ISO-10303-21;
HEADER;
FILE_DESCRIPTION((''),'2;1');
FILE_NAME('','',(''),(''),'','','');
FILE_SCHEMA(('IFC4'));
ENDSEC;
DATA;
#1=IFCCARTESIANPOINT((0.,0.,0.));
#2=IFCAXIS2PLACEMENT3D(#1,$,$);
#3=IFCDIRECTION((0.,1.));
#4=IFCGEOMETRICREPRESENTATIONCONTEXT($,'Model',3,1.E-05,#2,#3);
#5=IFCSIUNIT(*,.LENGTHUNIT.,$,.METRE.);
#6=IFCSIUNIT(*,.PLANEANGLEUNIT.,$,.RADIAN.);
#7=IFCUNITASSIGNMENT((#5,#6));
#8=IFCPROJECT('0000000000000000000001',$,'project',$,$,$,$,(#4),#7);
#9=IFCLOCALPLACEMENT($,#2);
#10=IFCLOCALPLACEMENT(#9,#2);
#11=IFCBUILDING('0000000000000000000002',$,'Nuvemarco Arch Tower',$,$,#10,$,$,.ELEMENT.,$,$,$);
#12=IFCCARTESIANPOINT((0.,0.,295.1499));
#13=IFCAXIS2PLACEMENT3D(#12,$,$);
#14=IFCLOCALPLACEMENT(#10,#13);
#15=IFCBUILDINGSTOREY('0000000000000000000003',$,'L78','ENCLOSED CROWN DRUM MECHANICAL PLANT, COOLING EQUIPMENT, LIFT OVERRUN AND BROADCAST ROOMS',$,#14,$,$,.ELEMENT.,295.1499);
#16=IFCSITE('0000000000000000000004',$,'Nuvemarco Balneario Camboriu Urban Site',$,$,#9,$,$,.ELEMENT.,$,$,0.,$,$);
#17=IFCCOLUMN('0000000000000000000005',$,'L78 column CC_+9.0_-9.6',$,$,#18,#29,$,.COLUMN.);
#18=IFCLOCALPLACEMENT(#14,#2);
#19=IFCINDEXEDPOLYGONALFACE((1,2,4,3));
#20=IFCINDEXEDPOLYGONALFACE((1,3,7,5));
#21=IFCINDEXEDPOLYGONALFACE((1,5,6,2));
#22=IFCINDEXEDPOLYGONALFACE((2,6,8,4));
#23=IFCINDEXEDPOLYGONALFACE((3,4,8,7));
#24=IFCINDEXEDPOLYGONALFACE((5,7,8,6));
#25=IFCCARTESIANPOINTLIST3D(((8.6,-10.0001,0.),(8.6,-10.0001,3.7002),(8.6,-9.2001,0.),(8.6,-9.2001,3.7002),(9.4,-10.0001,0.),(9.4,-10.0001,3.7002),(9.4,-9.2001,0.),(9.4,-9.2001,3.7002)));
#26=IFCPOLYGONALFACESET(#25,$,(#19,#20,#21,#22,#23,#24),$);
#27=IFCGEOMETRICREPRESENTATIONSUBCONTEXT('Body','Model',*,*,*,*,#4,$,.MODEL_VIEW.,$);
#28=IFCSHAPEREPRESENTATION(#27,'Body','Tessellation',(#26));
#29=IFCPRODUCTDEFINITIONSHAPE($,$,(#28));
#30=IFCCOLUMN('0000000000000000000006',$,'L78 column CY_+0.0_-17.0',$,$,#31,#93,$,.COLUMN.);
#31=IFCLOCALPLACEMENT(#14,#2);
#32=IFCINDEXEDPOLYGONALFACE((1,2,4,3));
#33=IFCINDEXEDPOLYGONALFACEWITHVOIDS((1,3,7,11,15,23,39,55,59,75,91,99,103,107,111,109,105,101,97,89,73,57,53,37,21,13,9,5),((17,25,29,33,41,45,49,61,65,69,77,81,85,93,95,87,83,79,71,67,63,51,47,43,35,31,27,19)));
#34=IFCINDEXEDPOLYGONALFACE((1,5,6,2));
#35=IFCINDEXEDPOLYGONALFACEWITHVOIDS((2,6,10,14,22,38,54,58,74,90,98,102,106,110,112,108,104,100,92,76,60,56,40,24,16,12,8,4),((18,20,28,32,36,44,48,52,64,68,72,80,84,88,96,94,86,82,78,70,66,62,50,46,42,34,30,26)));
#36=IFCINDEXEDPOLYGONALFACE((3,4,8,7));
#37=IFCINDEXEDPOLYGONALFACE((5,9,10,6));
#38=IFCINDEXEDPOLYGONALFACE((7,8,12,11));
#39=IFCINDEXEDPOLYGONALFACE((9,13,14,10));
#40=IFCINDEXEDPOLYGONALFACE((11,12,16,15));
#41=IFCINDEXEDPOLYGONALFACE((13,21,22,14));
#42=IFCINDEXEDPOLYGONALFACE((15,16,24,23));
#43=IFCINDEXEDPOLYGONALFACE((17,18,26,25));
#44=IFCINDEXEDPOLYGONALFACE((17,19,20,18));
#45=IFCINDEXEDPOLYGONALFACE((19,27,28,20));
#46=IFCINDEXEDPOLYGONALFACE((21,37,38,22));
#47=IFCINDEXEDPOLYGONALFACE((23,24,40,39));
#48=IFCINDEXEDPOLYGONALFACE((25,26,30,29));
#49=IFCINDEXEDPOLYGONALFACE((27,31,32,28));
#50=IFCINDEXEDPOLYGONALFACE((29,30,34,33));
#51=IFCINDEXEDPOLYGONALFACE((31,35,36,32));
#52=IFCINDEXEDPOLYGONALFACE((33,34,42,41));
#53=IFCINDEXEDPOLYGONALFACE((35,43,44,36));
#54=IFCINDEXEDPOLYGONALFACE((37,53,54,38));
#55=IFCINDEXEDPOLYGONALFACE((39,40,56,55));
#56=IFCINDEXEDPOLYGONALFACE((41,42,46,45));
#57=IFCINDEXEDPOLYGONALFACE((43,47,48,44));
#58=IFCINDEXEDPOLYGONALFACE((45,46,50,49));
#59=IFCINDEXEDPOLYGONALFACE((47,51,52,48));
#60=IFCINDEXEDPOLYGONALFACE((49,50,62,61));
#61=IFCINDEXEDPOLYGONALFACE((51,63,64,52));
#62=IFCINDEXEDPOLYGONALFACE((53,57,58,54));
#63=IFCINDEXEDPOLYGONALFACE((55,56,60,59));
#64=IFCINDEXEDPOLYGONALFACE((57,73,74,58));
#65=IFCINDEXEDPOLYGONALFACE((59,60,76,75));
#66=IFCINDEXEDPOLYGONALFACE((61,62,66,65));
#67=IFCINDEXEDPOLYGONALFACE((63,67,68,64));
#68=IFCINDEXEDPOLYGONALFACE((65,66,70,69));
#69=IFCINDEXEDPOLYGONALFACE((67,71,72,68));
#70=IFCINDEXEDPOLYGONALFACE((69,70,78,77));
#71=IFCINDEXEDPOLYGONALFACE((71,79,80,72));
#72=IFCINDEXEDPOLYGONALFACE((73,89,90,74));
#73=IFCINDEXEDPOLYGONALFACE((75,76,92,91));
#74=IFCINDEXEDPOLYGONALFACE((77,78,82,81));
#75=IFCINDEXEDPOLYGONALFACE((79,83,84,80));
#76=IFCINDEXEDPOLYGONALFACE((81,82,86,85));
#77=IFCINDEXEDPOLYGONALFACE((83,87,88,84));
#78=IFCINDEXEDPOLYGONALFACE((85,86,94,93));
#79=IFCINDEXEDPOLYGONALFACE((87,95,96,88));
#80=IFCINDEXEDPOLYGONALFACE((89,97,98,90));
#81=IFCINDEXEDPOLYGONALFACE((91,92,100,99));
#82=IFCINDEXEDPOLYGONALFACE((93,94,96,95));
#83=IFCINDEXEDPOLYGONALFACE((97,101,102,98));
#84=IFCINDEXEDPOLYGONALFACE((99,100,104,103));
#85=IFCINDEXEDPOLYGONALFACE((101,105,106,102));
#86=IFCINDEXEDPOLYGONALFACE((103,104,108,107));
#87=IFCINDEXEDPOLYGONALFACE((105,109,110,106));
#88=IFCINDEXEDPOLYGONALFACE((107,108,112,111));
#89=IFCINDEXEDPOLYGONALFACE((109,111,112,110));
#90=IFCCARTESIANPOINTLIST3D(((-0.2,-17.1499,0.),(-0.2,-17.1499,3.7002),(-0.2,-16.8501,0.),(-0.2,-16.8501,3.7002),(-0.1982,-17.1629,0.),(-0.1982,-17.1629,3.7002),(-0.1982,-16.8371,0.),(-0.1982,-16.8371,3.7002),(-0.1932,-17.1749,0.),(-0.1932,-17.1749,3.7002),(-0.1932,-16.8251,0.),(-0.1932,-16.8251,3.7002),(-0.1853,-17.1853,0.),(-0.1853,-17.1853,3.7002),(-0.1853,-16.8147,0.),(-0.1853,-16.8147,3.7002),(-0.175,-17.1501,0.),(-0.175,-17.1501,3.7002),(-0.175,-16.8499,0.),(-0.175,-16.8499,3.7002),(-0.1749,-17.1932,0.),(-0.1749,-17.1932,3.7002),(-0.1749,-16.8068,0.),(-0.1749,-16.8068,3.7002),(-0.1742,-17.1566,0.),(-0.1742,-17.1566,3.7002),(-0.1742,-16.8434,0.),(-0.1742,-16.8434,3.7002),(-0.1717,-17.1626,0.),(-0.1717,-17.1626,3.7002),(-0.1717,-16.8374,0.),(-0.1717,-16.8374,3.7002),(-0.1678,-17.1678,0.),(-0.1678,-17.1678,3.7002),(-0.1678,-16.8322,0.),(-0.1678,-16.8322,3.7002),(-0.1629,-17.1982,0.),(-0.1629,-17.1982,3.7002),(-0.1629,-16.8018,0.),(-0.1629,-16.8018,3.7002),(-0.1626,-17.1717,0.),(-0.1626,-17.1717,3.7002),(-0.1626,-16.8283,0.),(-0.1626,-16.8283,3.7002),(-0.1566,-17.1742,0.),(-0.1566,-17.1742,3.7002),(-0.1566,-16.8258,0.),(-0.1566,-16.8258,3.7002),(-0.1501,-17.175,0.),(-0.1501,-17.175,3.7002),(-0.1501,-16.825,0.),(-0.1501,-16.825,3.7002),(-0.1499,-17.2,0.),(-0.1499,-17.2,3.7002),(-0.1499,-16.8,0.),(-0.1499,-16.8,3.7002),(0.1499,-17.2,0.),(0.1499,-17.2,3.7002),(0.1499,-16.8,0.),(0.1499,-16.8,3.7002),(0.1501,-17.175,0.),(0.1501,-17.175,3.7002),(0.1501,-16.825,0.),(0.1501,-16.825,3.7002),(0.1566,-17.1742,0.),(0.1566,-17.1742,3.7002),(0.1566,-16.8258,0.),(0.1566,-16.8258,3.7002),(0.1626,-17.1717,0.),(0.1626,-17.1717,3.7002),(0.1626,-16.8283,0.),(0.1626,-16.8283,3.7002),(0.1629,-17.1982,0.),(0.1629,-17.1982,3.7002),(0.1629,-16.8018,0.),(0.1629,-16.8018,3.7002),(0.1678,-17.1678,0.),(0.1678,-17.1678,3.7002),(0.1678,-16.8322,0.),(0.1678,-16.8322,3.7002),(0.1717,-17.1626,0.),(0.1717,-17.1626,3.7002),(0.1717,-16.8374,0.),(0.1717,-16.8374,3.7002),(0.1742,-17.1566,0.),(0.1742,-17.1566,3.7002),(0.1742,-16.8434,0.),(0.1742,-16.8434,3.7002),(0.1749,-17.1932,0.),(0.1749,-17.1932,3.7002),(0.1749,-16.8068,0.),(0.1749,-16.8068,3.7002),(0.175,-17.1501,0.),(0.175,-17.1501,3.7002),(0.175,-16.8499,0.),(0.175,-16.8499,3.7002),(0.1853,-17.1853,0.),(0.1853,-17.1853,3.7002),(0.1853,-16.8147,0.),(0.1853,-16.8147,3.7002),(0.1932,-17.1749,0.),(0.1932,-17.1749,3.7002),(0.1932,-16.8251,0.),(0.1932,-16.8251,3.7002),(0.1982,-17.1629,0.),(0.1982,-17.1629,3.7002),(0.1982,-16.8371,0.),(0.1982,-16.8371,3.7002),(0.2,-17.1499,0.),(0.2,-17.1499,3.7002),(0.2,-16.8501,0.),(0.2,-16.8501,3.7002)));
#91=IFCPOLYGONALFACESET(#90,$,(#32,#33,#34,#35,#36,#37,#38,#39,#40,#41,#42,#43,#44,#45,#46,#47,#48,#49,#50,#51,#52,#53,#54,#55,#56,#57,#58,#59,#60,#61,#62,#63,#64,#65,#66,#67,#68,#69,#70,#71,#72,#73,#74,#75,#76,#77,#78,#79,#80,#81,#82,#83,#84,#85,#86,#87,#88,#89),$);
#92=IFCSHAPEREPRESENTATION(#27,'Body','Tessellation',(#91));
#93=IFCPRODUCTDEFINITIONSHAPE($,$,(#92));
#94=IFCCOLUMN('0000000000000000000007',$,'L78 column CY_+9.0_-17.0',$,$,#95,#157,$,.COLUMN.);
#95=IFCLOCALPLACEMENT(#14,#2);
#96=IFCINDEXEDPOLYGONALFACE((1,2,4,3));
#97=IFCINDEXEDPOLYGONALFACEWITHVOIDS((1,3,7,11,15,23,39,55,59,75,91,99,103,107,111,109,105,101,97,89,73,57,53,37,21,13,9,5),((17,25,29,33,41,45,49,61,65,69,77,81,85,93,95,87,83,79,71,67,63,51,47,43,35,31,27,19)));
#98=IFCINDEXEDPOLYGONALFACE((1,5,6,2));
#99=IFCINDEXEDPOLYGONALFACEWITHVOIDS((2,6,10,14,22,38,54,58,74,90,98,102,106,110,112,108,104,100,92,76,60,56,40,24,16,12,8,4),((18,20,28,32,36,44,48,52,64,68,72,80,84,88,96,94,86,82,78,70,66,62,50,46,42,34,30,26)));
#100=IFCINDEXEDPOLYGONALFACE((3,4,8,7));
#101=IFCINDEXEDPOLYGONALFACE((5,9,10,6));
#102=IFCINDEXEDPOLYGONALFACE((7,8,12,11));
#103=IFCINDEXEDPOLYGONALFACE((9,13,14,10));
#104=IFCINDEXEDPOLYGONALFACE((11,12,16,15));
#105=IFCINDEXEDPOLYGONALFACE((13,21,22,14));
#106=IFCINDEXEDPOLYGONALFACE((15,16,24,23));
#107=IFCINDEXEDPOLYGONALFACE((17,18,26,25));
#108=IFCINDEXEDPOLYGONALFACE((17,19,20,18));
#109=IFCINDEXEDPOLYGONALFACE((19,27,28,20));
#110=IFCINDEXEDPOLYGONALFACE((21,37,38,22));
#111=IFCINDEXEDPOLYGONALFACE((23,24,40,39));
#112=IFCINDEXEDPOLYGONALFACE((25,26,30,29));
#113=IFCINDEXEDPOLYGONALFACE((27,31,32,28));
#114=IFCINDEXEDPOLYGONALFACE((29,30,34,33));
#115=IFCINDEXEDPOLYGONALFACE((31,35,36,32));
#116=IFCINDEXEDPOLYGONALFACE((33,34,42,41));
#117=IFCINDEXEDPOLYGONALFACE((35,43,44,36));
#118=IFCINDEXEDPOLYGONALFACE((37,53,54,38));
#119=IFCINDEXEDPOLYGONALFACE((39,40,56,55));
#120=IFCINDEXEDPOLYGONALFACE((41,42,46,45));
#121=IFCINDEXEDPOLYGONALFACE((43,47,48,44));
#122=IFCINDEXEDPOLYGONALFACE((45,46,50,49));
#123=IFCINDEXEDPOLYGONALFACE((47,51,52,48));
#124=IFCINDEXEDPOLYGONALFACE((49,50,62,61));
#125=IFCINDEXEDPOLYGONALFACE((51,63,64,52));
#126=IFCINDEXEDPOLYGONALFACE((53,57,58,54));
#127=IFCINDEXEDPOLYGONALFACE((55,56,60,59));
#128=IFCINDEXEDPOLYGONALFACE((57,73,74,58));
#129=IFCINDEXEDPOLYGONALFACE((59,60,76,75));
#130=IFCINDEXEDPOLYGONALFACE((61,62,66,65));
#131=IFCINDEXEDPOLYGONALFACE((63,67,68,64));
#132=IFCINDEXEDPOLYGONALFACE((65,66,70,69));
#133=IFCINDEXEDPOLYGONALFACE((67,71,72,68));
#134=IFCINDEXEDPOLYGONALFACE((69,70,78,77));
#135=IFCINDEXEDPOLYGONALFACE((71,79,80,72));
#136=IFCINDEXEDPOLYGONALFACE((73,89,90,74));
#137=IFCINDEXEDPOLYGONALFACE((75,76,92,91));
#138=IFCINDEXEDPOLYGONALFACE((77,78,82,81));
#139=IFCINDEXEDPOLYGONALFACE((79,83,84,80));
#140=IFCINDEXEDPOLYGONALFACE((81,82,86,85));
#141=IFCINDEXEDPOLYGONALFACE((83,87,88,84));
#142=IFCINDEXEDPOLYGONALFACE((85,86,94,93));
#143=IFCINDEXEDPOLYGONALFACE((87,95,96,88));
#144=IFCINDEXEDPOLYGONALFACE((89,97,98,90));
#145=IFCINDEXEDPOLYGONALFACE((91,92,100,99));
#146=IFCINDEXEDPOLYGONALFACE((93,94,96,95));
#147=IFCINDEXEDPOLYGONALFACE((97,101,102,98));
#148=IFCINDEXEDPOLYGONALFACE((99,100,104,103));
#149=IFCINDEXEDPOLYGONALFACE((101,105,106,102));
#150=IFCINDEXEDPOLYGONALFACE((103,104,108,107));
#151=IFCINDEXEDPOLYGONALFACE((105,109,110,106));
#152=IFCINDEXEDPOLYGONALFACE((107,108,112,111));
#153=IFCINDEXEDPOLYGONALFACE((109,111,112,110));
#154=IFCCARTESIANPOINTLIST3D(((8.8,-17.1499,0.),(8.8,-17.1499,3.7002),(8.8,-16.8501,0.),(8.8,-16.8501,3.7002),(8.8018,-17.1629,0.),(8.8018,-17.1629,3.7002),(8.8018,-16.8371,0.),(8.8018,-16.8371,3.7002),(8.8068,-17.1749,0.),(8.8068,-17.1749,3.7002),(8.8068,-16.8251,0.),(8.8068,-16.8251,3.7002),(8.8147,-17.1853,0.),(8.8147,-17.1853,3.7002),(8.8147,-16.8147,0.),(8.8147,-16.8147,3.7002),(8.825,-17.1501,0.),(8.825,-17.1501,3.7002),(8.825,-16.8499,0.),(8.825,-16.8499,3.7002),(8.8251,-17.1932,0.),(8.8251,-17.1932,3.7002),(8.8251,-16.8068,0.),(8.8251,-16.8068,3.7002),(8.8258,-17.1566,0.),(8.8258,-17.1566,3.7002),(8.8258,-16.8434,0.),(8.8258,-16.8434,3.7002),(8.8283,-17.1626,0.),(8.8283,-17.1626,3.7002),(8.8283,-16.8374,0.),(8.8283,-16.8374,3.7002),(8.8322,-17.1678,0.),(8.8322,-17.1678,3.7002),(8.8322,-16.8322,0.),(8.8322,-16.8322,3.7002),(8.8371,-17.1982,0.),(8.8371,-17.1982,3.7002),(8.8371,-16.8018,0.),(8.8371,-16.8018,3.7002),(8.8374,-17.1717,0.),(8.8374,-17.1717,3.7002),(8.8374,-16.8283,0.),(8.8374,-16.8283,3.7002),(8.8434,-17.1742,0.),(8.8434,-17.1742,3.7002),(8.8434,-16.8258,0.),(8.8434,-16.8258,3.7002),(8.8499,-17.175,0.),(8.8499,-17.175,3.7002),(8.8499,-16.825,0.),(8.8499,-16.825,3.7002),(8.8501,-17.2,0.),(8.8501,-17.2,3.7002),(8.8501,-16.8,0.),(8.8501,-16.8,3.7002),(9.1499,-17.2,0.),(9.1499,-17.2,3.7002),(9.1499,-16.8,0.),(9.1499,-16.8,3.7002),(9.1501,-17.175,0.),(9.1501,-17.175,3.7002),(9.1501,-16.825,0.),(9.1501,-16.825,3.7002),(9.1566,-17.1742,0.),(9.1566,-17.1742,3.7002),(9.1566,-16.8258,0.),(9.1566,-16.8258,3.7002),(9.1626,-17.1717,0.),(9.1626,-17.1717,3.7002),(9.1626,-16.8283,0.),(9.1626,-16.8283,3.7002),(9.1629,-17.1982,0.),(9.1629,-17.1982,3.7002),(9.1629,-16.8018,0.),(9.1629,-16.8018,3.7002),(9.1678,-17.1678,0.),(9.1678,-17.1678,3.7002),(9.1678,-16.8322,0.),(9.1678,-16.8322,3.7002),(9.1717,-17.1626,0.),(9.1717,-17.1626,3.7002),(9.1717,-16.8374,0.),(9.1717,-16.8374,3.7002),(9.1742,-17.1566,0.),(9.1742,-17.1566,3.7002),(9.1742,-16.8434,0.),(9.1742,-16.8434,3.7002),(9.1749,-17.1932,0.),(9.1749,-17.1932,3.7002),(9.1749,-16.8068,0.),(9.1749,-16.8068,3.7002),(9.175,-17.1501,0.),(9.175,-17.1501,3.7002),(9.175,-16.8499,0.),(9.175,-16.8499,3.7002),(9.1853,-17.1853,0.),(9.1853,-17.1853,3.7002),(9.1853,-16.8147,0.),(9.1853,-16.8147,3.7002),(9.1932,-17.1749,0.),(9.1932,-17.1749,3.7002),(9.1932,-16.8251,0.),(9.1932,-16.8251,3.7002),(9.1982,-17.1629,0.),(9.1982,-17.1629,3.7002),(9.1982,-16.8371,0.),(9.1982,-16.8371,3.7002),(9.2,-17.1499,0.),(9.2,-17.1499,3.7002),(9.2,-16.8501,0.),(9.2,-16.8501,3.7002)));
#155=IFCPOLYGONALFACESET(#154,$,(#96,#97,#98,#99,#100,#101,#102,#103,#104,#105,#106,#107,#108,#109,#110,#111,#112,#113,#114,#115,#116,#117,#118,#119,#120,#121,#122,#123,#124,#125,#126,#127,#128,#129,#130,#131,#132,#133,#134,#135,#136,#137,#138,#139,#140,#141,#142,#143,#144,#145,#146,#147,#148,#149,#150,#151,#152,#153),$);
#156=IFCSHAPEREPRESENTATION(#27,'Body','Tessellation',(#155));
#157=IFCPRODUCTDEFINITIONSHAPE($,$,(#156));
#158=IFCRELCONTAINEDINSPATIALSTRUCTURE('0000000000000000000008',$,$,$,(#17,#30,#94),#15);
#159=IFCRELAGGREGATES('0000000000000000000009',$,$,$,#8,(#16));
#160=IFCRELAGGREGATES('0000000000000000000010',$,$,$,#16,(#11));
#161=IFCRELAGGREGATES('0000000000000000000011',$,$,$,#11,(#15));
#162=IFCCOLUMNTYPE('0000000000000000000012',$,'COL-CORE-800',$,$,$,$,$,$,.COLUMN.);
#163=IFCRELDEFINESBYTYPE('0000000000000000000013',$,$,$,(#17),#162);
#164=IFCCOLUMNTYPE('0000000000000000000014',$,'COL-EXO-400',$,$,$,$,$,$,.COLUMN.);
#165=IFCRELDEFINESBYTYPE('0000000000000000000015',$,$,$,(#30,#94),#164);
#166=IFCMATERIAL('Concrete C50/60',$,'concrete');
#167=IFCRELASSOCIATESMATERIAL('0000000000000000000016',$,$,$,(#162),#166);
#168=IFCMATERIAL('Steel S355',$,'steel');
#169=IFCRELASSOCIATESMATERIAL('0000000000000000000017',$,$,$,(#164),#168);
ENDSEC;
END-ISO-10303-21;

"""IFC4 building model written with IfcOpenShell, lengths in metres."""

from ifc_helpers import new_model, si_unit, direction, frame, origin, origin_2d, place, context, subcontext, project, spatial, rectangle, hollow_rectangle, extrude, material, material_profile, profile_set, type_object, element, save


model = new_model("IFC4")

# Units and contexts
model_context = context("Model", 3, precision=1e-05, world=origin(), true_north=direction((0.0, 1.0)))
body_context = subcontext(model_context, "Body", "Model", "MODEL_VIEW")
ifc_project = project(units=[si_unit("LENGTHUNIT", "METRE"), si_unit("PLANEANGLEUNIT", "RADIAN")], contexts=[model_context])

# Site, building, storey
site_placement = place(None, origin())
site = spatial("IfcSite", under=ifc_project, at=site_placement, Name="Nuvemarco Balneario Camboriu Urban Site", CompositionType="ELEMENT", RefElevation=0.0)
building_placement = place(site_placement, origin())
building = spatial("IfcBuilding", under=site, at=building_placement, Name="Nuvemarco Arch Tower", CompositionType="ELEMENT")
storey_placement = place(building_placement, frame((0.0, 0.0, 295.1499)))
storey = spatial("IfcBuildingStorey", under=building, at=storey_placement, Name="L78", Description="ENCLOSED CROWN DRUM MECHANICAL PLANT, COOLING EQUIPMENT, LIFT OVERRUN AND BROADCAST ROOMS", CompositionType="ELEMENT", Elevation=295.1499)

# Columns
ifc_material_1 = material(Name="Concrete C50/60", Category="concrete")
ifc_material_profile_1 = material_profile(ifc_material_1, rectangle(XDim=0.8, YDim=0.8, at=origin_2d()), Name="RC-COL-800x800")
ifc_profile_set_1 = profile_set([ifc_material_profile_1], Name="Concrete C50/60")
column_type_1 = type_object("IfcColumnType", Name="COL-CORE-800", PredefinedType="COLUMN", material=ifc_profile_set_1)
column_placement = place(storey_placement, frame((9.0, -9.6001, 0.0), z_axis=(0.0, 0.0, 1.0), x_axis=(1.0, 0.0, 0.0)))
element("IfcColumn", 1, at=column_placement, inside=storey, type_object=column_type_1, Name="L78 column CC_+9.0_-9.6", PredefinedType="COLUMN", context=body_context, shape_type="SweptSolid", body=[
    extrude(rectangle(XDim=0.8, YDim=0.8, at=origin_2d()), origin(), (0.0, 0.0, 1.0), 3.7002),
])
ifc_material_2 = material(Name="Steel S355", Category="steel")
ifc_material_profile_2 = material_profile(ifc_material_2, hollow_rectangle(XDim=0.3999, YDim=0.3999, WallThickness=0.0249, InnerFilletRadius=0.0249, OuterFilletRadius=0.05, at=origin_2d()), Name="SHS400x400x25")
ifc_profile_set_2 = profile_set([ifc_material_profile_2], Name="Steel S355")
column_type_2 = type_object("IfcColumnType", Name="COL-EXO-400", PredefinedType="COLUMN", material=ifc_profile_set_2)
for number, where, z_axis, x_axis, name in (
    (2, (0.0, -17.0, 0.0), (0.0, 0.0, 1.0), (1.0, 0.0, 0.0), "L78 column CY_+0.0_-17.0"),
    (3, (9.0, -17.0, 0.0), (0.0, 0.0, 1.0), (1.0, 0.0, 0.0), "L78 column CY_+9.0_-17.0"),
):
    element("IfcColumn", number, at=place(storey_placement, frame(where, z_axis=z_axis, x_axis=x_axis)), inside=storey, type_object=column_type_2, Name=name, PredefinedType="COLUMN", context=body_context, shape_type="SweptSolid", body=[
        extrude(hollow_rectangle(XDim=0.3999, YDim=0.3999, WallThickness=0.0249, InnerFilletRadius=0.0249, OuterFilletRadius=0.05, at=origin_2d()), origin(), (0.0, 0.0, 1.0), 3.7002),
    ])

save(model, "model.ifc")
